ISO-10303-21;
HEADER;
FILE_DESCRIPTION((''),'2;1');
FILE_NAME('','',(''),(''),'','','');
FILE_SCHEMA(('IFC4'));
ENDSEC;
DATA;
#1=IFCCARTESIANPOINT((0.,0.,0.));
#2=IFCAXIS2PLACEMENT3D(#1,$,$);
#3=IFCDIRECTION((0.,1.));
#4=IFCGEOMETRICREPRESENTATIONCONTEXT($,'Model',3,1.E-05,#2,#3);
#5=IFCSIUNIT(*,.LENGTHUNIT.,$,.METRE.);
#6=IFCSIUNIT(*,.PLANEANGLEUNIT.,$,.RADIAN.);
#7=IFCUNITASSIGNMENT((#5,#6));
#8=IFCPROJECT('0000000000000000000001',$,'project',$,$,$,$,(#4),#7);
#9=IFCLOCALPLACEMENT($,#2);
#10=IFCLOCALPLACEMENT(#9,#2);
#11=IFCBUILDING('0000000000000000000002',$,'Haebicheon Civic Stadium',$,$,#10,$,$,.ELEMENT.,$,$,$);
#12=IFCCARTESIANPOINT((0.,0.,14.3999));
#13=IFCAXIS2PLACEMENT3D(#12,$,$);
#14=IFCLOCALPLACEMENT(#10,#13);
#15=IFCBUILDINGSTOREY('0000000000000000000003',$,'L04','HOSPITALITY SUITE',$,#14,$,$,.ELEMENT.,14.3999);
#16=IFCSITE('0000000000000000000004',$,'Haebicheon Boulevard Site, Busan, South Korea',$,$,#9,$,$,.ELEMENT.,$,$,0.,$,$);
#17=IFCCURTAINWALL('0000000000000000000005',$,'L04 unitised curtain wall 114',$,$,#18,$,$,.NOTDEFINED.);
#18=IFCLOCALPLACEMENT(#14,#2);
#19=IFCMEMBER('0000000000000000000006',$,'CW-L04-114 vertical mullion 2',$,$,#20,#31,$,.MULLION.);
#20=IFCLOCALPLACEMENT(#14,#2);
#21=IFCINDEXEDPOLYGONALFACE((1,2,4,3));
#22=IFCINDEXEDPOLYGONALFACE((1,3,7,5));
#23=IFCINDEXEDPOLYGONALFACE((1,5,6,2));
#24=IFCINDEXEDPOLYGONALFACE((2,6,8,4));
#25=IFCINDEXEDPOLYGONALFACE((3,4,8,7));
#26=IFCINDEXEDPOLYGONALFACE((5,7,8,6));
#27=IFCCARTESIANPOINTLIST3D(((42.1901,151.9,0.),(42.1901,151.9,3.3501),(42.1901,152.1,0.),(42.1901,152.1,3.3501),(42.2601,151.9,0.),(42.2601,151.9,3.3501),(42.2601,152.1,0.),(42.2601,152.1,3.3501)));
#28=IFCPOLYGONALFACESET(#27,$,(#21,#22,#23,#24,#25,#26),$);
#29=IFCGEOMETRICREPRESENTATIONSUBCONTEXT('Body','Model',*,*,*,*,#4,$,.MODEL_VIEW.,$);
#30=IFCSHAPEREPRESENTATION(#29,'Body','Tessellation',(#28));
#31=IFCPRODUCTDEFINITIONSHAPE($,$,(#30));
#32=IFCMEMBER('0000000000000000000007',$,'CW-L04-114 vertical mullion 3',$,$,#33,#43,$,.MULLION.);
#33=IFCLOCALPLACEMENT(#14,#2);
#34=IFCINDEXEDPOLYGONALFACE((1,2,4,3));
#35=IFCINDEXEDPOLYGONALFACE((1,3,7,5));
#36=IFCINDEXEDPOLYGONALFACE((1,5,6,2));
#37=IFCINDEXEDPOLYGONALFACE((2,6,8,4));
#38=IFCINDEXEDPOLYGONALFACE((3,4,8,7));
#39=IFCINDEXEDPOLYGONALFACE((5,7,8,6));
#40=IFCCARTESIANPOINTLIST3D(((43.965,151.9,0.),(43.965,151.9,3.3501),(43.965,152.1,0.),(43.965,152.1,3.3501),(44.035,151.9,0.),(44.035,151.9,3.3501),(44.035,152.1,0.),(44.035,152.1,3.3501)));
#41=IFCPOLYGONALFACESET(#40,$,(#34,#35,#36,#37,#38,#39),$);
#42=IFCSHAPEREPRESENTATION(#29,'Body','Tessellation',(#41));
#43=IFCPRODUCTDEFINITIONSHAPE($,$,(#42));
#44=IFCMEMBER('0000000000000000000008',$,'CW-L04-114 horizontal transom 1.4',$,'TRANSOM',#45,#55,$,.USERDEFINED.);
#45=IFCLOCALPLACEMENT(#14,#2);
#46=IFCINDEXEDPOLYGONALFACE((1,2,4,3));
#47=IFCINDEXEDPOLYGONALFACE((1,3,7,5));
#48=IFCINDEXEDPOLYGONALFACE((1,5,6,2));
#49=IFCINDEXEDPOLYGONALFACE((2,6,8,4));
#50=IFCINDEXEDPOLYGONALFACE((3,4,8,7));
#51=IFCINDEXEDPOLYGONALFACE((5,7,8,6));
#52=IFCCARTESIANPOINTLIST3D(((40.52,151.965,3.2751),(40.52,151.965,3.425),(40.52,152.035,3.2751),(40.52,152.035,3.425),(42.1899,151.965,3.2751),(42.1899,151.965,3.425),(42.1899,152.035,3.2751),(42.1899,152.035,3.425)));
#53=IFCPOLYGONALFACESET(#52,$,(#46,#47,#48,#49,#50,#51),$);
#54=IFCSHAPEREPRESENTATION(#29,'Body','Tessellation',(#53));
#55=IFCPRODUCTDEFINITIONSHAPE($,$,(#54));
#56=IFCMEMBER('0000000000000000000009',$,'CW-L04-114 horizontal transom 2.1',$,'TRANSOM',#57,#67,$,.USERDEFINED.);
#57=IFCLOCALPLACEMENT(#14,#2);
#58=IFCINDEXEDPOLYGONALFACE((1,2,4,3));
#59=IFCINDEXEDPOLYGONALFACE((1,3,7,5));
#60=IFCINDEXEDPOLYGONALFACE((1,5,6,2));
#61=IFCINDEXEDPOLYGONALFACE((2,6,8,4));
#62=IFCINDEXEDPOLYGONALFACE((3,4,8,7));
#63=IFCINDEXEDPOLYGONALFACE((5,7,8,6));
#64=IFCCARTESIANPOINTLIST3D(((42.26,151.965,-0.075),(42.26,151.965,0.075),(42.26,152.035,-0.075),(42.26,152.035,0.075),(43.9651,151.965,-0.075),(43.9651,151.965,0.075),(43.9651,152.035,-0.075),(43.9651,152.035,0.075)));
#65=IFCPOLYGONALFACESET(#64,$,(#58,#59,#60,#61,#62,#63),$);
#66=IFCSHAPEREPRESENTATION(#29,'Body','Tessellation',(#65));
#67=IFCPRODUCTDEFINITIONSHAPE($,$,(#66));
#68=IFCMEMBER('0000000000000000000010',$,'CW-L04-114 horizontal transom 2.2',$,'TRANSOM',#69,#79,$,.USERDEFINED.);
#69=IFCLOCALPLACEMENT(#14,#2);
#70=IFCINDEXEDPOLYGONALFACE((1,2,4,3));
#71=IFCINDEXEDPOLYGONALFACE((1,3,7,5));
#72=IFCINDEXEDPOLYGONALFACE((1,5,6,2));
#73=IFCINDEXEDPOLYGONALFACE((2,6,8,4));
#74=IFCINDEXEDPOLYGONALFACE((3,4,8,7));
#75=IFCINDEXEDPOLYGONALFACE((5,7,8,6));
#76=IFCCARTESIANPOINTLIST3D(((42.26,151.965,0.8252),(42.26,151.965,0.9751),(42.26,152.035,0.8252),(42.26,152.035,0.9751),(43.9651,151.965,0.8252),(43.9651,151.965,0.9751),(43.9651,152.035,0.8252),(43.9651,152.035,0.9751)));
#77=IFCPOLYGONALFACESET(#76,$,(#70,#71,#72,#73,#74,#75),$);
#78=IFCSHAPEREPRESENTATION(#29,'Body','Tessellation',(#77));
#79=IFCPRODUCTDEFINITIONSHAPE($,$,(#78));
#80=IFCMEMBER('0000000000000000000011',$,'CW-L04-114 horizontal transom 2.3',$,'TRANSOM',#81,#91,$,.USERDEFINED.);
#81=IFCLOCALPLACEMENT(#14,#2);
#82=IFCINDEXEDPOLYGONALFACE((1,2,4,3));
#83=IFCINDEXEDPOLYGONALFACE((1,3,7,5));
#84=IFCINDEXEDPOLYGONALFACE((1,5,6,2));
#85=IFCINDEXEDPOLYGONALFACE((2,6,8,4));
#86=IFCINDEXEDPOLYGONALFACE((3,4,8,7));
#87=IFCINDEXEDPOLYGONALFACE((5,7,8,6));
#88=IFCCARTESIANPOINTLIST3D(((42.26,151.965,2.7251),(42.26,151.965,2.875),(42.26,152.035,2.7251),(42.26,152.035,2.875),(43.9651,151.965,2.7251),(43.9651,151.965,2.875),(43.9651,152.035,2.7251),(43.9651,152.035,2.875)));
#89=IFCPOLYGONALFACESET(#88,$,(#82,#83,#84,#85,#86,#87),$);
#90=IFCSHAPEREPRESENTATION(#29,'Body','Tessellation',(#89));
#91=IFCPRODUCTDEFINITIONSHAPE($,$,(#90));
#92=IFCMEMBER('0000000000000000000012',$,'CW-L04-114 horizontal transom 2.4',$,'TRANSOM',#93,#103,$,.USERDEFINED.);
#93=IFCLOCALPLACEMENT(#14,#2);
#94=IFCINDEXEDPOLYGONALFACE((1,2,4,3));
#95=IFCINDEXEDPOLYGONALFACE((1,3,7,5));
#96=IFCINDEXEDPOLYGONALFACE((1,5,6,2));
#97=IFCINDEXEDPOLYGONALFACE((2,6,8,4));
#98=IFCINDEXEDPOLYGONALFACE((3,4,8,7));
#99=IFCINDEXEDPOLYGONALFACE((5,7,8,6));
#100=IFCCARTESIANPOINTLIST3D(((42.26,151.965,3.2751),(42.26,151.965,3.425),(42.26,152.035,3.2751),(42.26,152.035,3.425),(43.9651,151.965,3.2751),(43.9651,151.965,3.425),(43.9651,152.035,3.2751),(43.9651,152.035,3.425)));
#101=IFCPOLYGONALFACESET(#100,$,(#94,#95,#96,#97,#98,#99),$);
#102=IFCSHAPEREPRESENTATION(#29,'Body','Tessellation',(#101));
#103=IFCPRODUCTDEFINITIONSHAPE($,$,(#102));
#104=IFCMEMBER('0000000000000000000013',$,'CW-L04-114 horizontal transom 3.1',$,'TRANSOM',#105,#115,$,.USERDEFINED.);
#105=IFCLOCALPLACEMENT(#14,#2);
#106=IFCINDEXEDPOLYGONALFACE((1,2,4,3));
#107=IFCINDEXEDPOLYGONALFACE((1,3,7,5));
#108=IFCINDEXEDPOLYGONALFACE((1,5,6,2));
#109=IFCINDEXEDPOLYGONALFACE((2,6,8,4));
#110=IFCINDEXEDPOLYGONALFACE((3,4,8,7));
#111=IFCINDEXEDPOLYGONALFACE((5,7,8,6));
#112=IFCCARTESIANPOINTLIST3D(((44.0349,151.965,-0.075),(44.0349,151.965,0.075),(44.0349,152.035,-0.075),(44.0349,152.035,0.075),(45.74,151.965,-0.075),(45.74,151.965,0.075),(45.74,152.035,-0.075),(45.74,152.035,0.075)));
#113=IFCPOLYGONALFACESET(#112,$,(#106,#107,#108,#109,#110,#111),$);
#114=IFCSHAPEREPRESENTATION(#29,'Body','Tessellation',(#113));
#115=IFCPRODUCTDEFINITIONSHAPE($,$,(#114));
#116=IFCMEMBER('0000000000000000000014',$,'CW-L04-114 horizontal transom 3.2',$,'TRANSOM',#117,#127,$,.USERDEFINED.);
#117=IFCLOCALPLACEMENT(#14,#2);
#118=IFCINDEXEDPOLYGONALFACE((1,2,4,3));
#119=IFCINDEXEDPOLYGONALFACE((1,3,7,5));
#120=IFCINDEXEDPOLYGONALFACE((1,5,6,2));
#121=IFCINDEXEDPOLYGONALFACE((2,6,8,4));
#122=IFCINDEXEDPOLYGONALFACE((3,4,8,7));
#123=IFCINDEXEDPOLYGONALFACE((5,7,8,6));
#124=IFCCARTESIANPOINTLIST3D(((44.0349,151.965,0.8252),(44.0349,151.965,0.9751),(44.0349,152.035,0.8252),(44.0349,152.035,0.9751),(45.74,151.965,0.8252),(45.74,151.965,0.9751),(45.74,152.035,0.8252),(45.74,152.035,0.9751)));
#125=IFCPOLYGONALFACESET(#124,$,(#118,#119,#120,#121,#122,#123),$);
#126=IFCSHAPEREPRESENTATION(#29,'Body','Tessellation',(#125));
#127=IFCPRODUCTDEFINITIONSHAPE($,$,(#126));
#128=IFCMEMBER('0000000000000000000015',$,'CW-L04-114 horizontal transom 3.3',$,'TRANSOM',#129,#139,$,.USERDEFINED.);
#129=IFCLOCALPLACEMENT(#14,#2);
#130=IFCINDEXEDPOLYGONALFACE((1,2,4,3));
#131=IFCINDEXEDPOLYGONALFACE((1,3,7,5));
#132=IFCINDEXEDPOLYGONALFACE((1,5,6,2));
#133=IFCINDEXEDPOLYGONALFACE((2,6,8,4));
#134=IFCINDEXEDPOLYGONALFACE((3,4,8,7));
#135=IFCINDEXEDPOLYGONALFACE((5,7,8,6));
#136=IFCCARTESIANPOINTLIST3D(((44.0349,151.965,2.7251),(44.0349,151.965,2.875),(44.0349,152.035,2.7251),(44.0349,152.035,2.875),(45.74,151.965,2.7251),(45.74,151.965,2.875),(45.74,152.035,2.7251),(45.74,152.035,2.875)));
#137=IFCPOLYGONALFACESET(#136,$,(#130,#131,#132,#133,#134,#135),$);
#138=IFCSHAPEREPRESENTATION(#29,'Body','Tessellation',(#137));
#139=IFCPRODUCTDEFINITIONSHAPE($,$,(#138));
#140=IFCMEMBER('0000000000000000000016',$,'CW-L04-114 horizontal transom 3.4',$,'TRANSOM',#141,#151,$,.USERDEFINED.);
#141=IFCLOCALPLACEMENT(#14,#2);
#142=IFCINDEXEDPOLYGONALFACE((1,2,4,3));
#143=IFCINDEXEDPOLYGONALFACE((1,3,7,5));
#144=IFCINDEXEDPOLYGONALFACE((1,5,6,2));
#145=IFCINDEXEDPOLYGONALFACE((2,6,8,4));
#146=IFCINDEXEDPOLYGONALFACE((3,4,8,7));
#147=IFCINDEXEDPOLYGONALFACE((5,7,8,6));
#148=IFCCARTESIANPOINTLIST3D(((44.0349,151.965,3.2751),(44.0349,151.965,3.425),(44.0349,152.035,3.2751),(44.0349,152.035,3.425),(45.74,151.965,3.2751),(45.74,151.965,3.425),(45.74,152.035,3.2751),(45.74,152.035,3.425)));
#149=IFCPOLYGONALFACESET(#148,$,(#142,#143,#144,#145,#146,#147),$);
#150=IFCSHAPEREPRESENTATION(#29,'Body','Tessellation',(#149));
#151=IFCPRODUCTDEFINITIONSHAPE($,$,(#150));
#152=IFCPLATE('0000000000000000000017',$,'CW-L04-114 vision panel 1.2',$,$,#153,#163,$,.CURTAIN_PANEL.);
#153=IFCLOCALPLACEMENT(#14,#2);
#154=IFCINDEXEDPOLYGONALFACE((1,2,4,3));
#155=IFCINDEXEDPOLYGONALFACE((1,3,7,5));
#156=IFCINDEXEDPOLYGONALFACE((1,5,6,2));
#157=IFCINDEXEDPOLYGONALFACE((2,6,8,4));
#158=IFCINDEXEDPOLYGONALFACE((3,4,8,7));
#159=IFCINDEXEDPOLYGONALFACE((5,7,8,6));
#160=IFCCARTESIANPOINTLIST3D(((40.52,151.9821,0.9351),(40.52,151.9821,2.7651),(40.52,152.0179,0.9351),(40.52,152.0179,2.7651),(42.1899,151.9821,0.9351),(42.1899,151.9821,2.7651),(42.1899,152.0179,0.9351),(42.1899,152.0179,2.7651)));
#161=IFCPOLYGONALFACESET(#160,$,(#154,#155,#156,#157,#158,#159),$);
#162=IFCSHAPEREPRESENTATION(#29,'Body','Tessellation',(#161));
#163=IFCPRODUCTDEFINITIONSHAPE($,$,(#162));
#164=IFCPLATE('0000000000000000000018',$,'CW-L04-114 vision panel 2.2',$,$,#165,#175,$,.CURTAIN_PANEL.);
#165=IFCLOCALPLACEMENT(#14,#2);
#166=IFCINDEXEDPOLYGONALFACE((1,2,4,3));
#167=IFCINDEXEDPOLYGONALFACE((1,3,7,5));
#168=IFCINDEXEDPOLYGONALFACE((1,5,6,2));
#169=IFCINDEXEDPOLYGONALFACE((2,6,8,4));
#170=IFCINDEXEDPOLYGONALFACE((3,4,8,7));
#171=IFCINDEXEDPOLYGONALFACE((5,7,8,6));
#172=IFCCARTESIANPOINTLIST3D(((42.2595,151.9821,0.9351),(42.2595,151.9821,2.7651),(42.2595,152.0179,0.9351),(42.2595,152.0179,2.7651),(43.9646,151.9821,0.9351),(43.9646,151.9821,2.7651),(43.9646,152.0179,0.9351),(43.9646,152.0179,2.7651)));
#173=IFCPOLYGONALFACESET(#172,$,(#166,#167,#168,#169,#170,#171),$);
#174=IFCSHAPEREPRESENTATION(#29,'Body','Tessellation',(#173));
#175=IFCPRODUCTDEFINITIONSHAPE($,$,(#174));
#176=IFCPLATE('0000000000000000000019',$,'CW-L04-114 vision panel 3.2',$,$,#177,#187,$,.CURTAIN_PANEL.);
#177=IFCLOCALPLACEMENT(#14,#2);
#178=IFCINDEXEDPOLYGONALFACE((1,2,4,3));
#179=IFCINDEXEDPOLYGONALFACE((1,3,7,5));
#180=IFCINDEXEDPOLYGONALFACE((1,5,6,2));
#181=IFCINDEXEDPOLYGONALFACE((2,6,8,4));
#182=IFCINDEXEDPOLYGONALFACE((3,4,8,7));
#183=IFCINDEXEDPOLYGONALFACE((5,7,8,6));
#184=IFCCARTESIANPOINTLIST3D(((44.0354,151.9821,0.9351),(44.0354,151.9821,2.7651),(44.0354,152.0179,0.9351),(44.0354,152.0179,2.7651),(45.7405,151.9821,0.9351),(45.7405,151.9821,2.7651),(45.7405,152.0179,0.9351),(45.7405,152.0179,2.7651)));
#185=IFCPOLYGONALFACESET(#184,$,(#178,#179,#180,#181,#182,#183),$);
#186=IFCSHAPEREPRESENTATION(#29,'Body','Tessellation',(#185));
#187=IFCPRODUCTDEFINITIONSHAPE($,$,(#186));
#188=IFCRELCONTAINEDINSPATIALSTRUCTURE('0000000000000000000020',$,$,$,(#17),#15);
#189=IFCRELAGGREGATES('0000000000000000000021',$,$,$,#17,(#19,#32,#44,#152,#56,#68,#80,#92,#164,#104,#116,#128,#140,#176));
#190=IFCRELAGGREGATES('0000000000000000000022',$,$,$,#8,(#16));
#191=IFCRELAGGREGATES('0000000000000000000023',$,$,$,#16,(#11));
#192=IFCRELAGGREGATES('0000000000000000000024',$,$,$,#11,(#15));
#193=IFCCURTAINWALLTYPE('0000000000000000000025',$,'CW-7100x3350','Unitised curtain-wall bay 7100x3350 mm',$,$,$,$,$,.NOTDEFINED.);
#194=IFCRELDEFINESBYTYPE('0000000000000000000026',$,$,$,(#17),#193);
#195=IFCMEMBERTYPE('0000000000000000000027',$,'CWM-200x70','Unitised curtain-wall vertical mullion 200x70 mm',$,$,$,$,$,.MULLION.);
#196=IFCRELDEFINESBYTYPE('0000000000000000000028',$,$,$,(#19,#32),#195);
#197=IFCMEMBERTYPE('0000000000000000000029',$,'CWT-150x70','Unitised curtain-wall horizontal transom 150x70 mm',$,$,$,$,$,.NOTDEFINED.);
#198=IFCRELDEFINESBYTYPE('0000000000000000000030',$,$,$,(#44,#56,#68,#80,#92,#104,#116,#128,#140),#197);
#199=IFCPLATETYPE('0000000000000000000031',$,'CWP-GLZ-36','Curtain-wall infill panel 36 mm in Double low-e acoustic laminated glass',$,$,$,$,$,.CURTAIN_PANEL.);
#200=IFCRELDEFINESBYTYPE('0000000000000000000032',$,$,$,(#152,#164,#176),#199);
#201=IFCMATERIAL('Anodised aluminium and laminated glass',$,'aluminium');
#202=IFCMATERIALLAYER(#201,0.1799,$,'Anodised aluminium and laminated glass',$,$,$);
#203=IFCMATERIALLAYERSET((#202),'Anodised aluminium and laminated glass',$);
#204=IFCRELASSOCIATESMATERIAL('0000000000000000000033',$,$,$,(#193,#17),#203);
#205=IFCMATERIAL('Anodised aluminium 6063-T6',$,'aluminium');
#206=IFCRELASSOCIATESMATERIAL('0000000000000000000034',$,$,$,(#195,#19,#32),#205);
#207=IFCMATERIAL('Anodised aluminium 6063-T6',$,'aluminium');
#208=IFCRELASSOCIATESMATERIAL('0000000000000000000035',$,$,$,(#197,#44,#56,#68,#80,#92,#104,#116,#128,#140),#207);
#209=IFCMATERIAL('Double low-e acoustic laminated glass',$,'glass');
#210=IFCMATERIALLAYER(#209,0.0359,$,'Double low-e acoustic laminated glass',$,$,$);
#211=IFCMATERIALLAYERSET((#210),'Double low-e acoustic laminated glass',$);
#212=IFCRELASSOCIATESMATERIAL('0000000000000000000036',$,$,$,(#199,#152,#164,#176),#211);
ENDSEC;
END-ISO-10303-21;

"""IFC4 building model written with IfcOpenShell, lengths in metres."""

from ifc_helpers import new_model, si_unit, direction, frame, origin, origin_2d, place, context, subcontext, project, spatial, rectangle, extrude, material, layer, layer_set, material_profile, profile_set, type_object, element, aggregate, save


model = new_model("IFC4")

# Units and contexts
model_context = context("Model", 3, precision=1e-05, world=origin(), true_north=direction((0.0, 1.0)))
body_context = subcontext(model_context, "Body", "Model", "MODEL_VIEW")
ifc_project = project(units=[si_unit("LENGTHUNIT", "METRE"), si_unit("PLANEANGLEUNIT", "RADIAN")], contexts=[model_context])

# Site, building, storey
site_placement = place(None, origin())
site = spatial("IfcSite", under=ifc_project, at=site_placement, Name="Haebicheon Boulevard Site, Busan, South Korea", CompositionType="ELEMENT", RefElevation=0.0)
building_placement = place(site_placement, origin())
building = spatial("IfcBuilding", under=site, at=building_placement, Name="Haebicheon Civic Stadium", CompositionType="ELEMENT")
storey_placement = place(building_placement, frame((0.0, 0.0, 14.3999)))
storey = spatial("IfcBuildingStorey", under=building, at=storey_placement, Name="L04", Description="HOSPITALITY SUITE", CompositionType="ELEMENT", Elevation=14.3999)

# Curtain wall, members, plates
ifc_material_1 = material(Name="Anodised aluminium and laminated glass", Category="aluminium")
ifc_layer_1 = layer(ifc_material_1, 0.1799, Name="Anodised aluminium and laminated glass")
ifc_layer_set_1 = layer_set([ifc_layer_1], Name="Anodised aluminium and laminated glass")
curtain_wall_type = type_object("IfcCurtainWallType", Name="CW-7100x3350", Description="Unitised curtain-wall bay 7100x3350 mm", PredefinedType="NOTDEFINED", material=ifc_layer_set_1)
curtain_wall_placement = place(storey_placement, origin())
curtain_wall = element("IfcCurtainWall", 1, at=curtain_wall_placement, inside=storey, type_object=curtain_wall_type, material=ifc_layer_set_1, Name="L04 unitised curtain wall 114", PredefinedType="NOTDEFINED")
ifc_material_2 = material(Name="Anodised aluminium 6063-T6", Category="aluminium")
ifc_material_profile_1 = material_profile(ifc_material_2, rectangle(XDim=0.0701, YDim=0.2, at=origin_2d()), Name="ALU-MULL-70x200")
ifc_profile_set_1 = profile_set([ifc_material_profile_1], Name="Anodised aluminium 6063-T6")
member_type_1 = type_object("IfcMemberType", Name="CWM-200x70", Description="Unitised curtain-wall vertical mullion 200x70 mm", PredefinedType="MULLION", material=ifc_profile_set_1)
member_1_placement = place(storey_placement, frame((42.2251, 152.0, 0.0), z_axis=(0.0, 0.0, 1.0), x_axis=(1.0, 0.0, 0.0)))
member_1 = element("IfcMember", 2, at=member_1_placement, type_object=member_type_1, material=ifc_profile_set_1, Name="CW-L04-114 vertical mullion 2", PredefinedType="MULLION", context=body_context, shape_type="SweptSolid", body=[
    extrude(rectangle(XDim=0.0701, YDim=0.2, at=origin_2d()), origin(), (0.0, 0.0, 1.0), 3.3501),
])
member_2_placement = place(storey_placement, frame((44.0, 152.0, 0.0), z_axis=(0.0, 0.0, 1.0), x_axis=(1.0, 0.0, 0.0)))
member_2 = element("IfcMember", 3, at=member_2_placement, type_object=member_type_1, material=ifc_profile_set_1, Name="CW-L04-114 vertical mullion 3", PredefinedType="MULLION", context=body_context, shape_type="SweptSolid", body=[
    extrude(rectangle(XDim=0.0701, YDim=0.2, at=origin_2d()), origin(), (0.0, 0.0, 1.0), 3.3501),
])
ifc_material_3 = material(Name="Anodised aluminium 6063-T6", Category="aluminium")
ifc_material_profile_2 = material_profile(ifc_material_3, rectangle(XDim=0.0701, YDim=0.1499, at=origin_2d()), Name="ALU-TRAN-70x150")
ifc_profile_set_2 = profile_set([ifc_material_profile_2], Name="Anodised aluminium 6063-T6")
member_type_2 = type_object("IfcMemberType", Name="CWT-150x70", Description="Unitised curtain-wall horizontal transom 150x70 mm", PredefinedType="NOTDEFINED", material=ifc_profile_set_2)
member_3_placement = place(storey_placement, frame((40.52, 152.0, 3.3501), z_axis=(1.0, 0.0, 0.0), x_axis=(0.0, 1.0, 0.0)))
member_3 = element("IfcMember", 4, at=member_3_placement, type_object=member_type_2, material=ifc_profile_set_2, Name="CW-L04-114 horizontal transom 1.4", ObjectType="TRANSOM", PredefinedType="USERDEFINED", context=body_context, shape_type="SweptSolid", body=[
    extrude(rectangle(XDim=0.0701, YDim=0.1499, at=origin_2d()), origin(), (0.0, 0.0, 1.0), 1.6699),
])
member_4_placement = place(storey_placement, frame((42.26, 152.0, 0.0), z_axis=(1.0, 0.0, 0.0), x_axis=(0.0, 1.0, 0.0)))
member_4 = element("IfcMember", 5, at=member_4_placement, type_object=member_type_2, material=ifc_profile_set_2, Name="CW-L04-114 horizontal transom 2.1", ObjectType="TRANSOM", PredefinedType="USERDEFINED", context=body_context, shape_type="SweptSolid", body=[
    extrude(rectangle(XDim=0.0701, YDim=0.1499, at=origin_2d()), origin(), (0.0, 0.0, 1.0), 1.7051),
])
member_5_placement = place(storey_placement, frame((42.26, 152.0, 0.9001), z_axis=(1.0, 0.0, 0.0), x_axis=(0.0, 1.0, 0.0)))
member_5 = element("IfcMember", 6, at=member_5_placement, type_object=member_type_2, material=ifc_profile_set_2, Name="CW-L04-114 horizontal transom 2.2", ObjectType="TRANSOM", PredefinedType="USERDEFINED", context=body_context, shape_type="SweptSolid", body=[
    extrude(rectangle(XDim=0.0701, YDim=0.1499, at=origin_2d()), origin(), (0.0, 0.0, 1.0), 1.7051),
])
member_6_placement = place(storey_placement, frame((42.26, 152.0, 2.8), z_axis=(1.0, 0.0, 0.0), x_axis=(0.0, 1.0, 0.0)))
member_6 = element("IfcMember", 7, at=member_6_placement, type_object=member_type_2, material=ifc_profile_set_2, Name="CW-L04-114 horizontal transom 2.3", ObjectType="TRANSOM", PredefinedType="USERDEFINED", context=body_context, shape_type="SweptSolid", body=[
    extrude(rectangle(XDim=0.0701, YDim=0.1499, at=origin_2d()), origin(), (0.0, 0.0, 1.0), 1.7051),
])
member_7_placement = place(storey_placement, frame((42.26, 152.0, 3.3501), z_axis=(1.0, 0.0, 0.0), x_axis=(0.0, 1.0, 0.0)))
member_7 = element("IfcMember", 8, at=member_7_placement, type_object=member_type_2, material=ifc_profile_set_2, Name="CW-L04-114 horizontal transom 2.4", ObjectType="TRANSOM", PredefinedType="USERDEFINED", context=body_context, shape_type="SweptSolid", body=[
    extrude(rectangle(XDim=0.0701, YDim=0.1499, at=origin_2d()), origin(), (0.0, 0.0, 1.0), 1.7051),
])
member_8_placement = place(storey_placement, frame((44.0349, 152.0, 0.0), z_axis=(1.0, 0.0, 0.0), x_axis=(0.0, 1.0, 0.0)))
member_8 = element("IfcMember", 9, at=member_8_placement, type_object=member_type_2, material=ifc_profile_set_2, Name="CW-L04-114 horizontal transom 3.1", ObjectType="TRANSOM", PredefinedType="USERDEFINED", context=body_context, shape_type="SweptSolid", body=[
    extrude(rectangle(XDim=0.0701, YDim=0.1499, at=origin_2d()), origin(), (0.0, 0.0, 1.0), 1.7051),
])
member_9_placement = place(storey_placement, frame((44.0349, 152.0, 0.9001), z_axis=(1.0, 0.0, 0.0), x_axis=(0.0, 1.0, 0.0)))
member_9 = element("IfcMember", 10, at=member_9_placement, type_object=member_type_2, material=ifc_profile_set_2, Name="CW-L04-114 horizontal transom 3.2", ObjectType="TRANSOM", PredefinedType="USERDEFINED", context=body_context, shape_type="SweptSolid", body=[
    extrude(rectangle(XDim=0.0701, YDim=0.1499, at=origin_2d()), origin(), (0.0, 0.0, 1.0), 1.7051),
])
member_10_placement = place(storey_placement, frame((44.0349, 152.0, 2.8), z_axis=(1.0, 0.0, 0.0), x_axis=(0.0, 1.0, 0.0)))
member_10 = element("IfcMember", 11, at=member_10_placement, type_object=member_type_2, material=ifc_profile_set_2, Name="CW-L04-114 horizontal transom 3.3", ObjectType="TRANSOM", PredefinedType="USERDEFINED", context=body_context, shape_type="SweptSolid", body=[
    extrude(rectangle(XDim=0.0701, YDim=0.1499, at=origin_2d()), origin(), (0.0, 0.0, 1.0), 1.7051),
])
member_11_placement = place(storey_placement, frame((44.0349, 152.0, 3.3501), z_axis=(1.0, 0.0, 0.0), x_axis=(0.0, 1.0, 0.0)))
member_11 = element("IfcMember", 12, at=member_11_placement, type_object=member_type_2, material=ifc_profile_set_2, Name="CW-L04-114 horizontal transom 3.4", ObjectType="TRANSOM", PredefinedType="USERDEFINED", context=body_context, shape_type="SweptSolid", body=[
    extrude(rectangle(XDim=0.0701, YDim=0.1499, at=origin_2d()), origin(), (0.0, 0.0, 1.0), 1.7051),
])
ifc_material_4 = material(Name="Double low-e acoustic laminated glass", Category="glass")
ifc_layer_2 = layer(ifc_material_4, 0.0359, Name="Double low-e acoustic laminated glass")
ifc_layer_set_2 = layer_set([ifc_layer_2], Name="Double low-e acoustic laminated glass")
plate_type_1 = type_object("IfcPlateType", Name="CWP-GLZ-36", Description="Curtain-wall infill panel 36 mm in Double low-e acoustic laminated glass", PredefinedType="CURTAIN_PANEL", material=ifc_layer_set_2)
plate_1_placement = place(storey_placement, frame((41.355, 152.0, 0.9351), z_axis=(0.0, 0.0, 1.0), x_axis=(1.0, 0.0, 0.0)))
plate_1 = element("IfcPlate", 13, at=plate_1_placement, type_object=plate_type_1, material=ifc_layer_set_2, Name="CW-L04-114 vision panel 1.2", PredefinedType="CURTAIN_PANEL", context=body_context, shape_type="SweptSolid", body=[
    extrude(rectangle(XDim=1.6699, YDim=0.0359, at=origin_2d()), origin(), (0.0, 0.0, 1.0), 1.8301),
])
plate_2_placement = place(storey_placement, frame((43.1121, 152.0, 0.9351), z_axis=(0.0, 0.0, 1.0), x_axis=(1.0, 0.0, 0.0)))
plate_2 = element("IfcPlate", 14, at=plate_2_placement, type_object=plate_type_1, material=ifc_layer_set_2, Name="CW-L04-114 vision panel 2.2", PredefinedType="CURTAIN_PANEL", context=body_context, shape_type="SweptSolid", body=[
    extrude(rectangle(XDim=1.7051, YDim=0.0359, at=origin_2d()), origin(), (0.0, 0.0, 1.0), 1.8301),
])
plate_3_placement = place(storey_placement, frame((44.8879, 152.0, 0.9351), z_axis=(0.0, 0.0, 1.0), x_axis=(1.0, 0.0, 0.0)))
plate_3 = element("IfcPlate", 15, at=plate_3_placement, type_object=plate_type_1, material=ifc_layer_set_2, Name="CW-L04-114 vision panel 3.2", PredefinedType="CURTAIN_PANEL", context=body_context, shape_type="SweptSolid", body=[
    extrude(rectangle(XDim=1.7051, YDim=0.0359, at=origin_2d()), origin(), (0.0, 0.0, 1.0), 1.8301),
])
aggregate(curtain_wall, [member_1, member_2, member_3, plate_1, member_4, member_5, member_6, member_7, plate_2, member_8, member_9, member_10, member_11, plate_3])

save(model, "model.ifc")
